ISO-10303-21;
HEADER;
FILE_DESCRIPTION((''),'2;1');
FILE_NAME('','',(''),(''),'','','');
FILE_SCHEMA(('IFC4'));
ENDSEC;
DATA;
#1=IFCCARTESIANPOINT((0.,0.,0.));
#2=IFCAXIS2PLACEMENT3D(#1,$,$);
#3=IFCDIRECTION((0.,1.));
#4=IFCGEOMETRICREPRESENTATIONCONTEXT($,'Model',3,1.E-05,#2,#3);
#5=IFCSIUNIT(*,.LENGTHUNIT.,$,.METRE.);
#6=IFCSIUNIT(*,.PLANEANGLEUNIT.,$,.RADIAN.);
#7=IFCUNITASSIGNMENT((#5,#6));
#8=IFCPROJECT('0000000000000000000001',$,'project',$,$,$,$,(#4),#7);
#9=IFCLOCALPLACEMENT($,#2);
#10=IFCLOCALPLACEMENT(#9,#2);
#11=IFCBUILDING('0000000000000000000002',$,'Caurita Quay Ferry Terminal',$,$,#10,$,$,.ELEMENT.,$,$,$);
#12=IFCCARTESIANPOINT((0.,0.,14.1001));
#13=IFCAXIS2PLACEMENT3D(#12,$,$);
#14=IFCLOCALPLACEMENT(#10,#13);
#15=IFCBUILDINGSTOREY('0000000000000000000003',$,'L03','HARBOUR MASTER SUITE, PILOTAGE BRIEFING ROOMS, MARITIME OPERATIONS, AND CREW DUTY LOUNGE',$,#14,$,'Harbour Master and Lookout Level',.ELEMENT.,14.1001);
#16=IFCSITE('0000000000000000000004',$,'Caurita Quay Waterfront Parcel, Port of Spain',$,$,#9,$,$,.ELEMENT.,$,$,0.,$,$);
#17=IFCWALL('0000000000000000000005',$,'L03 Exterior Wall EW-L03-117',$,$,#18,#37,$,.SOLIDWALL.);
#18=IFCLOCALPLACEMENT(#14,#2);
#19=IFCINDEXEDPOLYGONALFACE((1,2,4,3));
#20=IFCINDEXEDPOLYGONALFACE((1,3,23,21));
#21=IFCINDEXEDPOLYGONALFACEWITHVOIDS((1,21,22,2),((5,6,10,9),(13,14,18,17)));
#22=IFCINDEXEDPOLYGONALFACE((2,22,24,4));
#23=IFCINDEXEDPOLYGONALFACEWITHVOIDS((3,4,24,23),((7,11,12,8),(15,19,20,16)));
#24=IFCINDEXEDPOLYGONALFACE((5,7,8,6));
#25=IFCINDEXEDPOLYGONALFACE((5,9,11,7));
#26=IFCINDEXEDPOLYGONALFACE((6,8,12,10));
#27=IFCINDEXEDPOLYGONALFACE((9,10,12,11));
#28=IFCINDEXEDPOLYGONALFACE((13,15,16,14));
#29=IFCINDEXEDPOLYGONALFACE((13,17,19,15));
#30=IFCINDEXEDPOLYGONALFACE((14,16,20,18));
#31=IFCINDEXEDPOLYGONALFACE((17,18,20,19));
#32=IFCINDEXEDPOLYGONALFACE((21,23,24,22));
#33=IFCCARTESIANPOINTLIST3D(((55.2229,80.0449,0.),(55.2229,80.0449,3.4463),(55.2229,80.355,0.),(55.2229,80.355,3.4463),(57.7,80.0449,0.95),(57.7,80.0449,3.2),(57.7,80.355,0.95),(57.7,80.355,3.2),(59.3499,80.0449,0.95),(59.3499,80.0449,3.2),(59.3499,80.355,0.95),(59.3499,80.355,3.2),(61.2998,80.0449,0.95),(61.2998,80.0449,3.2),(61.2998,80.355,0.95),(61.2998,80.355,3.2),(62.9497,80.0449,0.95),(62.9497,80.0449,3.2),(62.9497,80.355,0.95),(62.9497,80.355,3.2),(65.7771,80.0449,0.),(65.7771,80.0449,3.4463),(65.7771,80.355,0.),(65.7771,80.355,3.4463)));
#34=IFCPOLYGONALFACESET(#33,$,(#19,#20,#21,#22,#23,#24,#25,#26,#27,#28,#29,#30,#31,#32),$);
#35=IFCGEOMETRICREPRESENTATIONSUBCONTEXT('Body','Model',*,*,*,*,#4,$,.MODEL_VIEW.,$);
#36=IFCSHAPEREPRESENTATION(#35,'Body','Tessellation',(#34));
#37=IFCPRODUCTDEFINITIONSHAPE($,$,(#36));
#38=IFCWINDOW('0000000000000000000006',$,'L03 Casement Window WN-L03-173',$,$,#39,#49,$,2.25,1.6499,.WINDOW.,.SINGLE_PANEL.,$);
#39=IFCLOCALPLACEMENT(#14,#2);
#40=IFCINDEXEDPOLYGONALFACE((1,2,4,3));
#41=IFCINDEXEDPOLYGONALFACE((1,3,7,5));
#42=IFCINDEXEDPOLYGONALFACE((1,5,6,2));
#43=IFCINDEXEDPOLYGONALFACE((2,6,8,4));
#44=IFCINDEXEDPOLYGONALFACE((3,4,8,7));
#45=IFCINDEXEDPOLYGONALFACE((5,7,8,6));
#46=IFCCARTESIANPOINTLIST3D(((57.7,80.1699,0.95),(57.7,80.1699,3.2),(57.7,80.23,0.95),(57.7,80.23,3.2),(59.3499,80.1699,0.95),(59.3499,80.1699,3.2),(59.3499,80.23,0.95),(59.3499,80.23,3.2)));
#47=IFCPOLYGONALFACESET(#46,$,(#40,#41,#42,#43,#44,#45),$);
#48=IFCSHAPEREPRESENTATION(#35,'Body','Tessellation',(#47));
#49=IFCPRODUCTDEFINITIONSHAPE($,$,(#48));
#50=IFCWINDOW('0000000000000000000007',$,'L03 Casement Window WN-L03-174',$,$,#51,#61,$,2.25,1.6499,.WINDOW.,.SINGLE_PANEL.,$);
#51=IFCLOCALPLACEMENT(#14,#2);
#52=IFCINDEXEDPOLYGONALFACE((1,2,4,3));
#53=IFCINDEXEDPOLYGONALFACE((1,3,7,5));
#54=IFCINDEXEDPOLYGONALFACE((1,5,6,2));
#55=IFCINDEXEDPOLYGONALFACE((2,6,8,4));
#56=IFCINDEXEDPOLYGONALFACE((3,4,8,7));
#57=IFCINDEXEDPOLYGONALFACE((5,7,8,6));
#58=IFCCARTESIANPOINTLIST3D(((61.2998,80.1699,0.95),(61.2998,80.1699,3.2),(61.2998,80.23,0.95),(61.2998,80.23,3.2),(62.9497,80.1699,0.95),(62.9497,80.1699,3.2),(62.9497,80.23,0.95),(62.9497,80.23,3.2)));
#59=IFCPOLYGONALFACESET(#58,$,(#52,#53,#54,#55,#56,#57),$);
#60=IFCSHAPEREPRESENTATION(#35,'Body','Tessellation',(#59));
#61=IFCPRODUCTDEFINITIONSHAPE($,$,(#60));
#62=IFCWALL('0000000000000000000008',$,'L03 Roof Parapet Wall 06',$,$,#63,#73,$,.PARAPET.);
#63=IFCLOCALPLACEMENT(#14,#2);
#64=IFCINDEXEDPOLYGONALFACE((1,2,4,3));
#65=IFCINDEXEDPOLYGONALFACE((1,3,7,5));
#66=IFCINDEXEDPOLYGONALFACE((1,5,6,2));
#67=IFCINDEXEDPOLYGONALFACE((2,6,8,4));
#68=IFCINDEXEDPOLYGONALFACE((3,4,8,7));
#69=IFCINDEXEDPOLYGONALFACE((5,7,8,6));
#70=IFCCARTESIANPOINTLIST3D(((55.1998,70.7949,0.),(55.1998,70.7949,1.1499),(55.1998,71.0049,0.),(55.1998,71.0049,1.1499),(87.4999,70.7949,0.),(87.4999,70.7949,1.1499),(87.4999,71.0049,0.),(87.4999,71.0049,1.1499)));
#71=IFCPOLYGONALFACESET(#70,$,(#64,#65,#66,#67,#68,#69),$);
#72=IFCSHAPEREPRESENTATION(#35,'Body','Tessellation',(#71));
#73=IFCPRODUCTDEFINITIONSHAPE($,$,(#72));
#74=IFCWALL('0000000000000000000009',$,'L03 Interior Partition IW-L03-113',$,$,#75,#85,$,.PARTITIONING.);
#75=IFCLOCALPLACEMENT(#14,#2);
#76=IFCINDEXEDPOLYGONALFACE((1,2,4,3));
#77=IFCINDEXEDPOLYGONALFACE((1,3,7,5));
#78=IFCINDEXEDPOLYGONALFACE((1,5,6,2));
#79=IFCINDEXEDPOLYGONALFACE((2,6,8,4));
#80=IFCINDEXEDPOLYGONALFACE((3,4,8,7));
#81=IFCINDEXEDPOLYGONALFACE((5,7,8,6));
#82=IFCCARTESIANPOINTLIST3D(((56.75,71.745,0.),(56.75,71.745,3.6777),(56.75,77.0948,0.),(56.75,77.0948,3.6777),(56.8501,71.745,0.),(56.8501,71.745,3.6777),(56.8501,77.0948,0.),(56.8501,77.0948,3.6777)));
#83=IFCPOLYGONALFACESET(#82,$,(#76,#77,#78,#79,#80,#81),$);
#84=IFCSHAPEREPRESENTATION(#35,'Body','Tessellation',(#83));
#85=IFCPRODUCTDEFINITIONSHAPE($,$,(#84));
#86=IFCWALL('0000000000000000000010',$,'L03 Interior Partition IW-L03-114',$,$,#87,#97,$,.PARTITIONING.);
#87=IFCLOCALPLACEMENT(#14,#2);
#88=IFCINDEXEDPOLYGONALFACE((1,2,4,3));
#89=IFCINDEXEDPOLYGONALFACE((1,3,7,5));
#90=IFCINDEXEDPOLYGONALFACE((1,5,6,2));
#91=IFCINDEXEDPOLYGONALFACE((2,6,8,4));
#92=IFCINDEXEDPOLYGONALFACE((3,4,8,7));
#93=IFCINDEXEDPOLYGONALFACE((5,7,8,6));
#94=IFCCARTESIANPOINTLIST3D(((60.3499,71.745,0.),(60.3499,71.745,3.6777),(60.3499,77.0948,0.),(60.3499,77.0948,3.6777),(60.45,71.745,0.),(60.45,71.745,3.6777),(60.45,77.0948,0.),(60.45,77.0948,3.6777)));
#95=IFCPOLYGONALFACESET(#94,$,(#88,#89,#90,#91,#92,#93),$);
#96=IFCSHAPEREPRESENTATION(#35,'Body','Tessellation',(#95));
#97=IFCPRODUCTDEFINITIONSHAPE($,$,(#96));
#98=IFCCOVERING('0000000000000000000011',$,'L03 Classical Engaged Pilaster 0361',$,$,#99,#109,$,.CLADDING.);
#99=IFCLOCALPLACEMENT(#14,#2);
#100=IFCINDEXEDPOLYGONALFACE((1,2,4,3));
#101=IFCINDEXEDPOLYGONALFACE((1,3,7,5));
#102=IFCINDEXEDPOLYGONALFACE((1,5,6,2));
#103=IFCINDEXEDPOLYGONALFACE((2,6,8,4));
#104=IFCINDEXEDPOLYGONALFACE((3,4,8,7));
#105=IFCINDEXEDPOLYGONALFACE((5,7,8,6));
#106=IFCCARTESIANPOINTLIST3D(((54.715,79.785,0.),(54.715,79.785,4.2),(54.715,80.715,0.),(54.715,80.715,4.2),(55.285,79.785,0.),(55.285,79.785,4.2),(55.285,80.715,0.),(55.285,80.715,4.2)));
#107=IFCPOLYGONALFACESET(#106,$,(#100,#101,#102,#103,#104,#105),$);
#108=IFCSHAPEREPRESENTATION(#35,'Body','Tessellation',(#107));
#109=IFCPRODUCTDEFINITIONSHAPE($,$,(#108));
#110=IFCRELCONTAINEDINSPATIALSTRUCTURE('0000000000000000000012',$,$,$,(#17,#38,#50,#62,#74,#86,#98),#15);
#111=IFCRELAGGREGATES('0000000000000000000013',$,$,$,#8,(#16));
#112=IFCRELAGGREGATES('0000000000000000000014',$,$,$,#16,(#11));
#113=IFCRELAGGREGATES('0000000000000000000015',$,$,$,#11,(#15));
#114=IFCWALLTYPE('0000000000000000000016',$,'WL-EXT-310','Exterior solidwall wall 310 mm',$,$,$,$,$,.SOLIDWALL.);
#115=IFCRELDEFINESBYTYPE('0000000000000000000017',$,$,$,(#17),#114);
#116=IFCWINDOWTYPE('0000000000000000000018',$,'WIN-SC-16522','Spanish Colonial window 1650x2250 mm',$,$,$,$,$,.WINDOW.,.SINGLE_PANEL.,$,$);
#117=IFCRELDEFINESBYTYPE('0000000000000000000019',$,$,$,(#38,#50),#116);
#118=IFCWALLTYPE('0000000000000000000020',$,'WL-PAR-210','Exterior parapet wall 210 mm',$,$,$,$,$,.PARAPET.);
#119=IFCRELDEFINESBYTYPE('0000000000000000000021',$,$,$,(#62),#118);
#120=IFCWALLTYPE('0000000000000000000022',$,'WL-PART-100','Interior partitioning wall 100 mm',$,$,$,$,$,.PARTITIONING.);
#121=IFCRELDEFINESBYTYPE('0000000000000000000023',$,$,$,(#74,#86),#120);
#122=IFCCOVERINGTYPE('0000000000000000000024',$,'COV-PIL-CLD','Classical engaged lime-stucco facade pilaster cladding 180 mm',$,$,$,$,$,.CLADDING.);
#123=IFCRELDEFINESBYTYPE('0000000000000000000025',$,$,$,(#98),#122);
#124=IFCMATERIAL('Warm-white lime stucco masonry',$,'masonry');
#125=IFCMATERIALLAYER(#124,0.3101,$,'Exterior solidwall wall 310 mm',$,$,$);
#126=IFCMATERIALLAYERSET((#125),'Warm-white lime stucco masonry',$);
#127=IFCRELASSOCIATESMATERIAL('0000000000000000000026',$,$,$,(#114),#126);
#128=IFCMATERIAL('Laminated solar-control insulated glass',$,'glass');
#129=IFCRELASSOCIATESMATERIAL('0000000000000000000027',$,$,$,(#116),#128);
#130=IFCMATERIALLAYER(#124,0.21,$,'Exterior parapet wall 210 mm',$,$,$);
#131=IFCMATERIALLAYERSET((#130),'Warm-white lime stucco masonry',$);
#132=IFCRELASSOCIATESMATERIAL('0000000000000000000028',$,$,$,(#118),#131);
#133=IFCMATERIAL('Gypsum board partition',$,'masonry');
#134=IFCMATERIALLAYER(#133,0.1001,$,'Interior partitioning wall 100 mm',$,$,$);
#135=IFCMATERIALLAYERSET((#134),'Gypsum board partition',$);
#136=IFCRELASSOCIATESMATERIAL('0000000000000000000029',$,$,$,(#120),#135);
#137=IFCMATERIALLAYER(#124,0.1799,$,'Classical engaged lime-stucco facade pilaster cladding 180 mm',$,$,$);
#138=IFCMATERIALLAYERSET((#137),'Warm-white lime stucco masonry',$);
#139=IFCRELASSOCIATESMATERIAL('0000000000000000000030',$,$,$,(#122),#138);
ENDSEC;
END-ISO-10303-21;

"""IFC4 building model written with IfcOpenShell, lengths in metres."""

from ifc_helpers import new_model, si_unit, direction, frame, frame_2d, origin, origin_2d, place, context, subcontext, project, spatial, rectangle, extrude, material, layer, layer_set, type_object, element, fill, save


model = new_model("IFC4")

# Units and contexts
model_context = context("Model", 3, precision=1e-05, world=origin(), true_north=direction((0.0, 1.0)))
body_context = subcontext(model_context, "Body", "Model", "MODEL_VIEW")
ifc_project = project(units=[si_unit("LENGTHUNIT", "METRE"), si_unit("PLANEANGLEUNIT", "RADIAN")], contexts=[model_context])

# Site, building, storey
site_placement = place(None, origin())
site = spatial("IfcSite", under=ifc_project, at=site_placement, Name="Caurita Quay Waterfront Parcel, Port of Spain", CompositionType="ELEMENT", RefElevation=0.0)
building_placement = place(site_placement, origin())
building = spatial("IfcBuilding", under=site, at=building_placement, Name="Caurita Quay Ferry Terminal", CompositionType="ELEMENT")
storey_placement = place(building_placement, frame((0.0, 0.0, 14.1001)))
storey = spatial("IfcBuildingStorey", under=building, at=storey_placement, Name="L03", Description="HARBOUR MASTER SUITE, PILOTAGE BRIEFING ROOMS, MARITIME OPERATIONS, AND CREW DUTY LOUNGE", LongName="Harbour Master and Lookout Level", CompositionType="ELEMENT", Elevation=14.1001)

# Wall, openings, windows
ifc_material_1 = material(Name="Warm-white lime stucco masonry", Category="masonry")
ifc_material_2 = material(Name="Laminated solar-control insulated glass", Category="glass")
ifc_layer_1 = layer(ifc_material_1, 0.3101, Name="Exterior solidwall wall 310 mm")
ifc_layer_set_1 = layer_set([ifc_layer_1], Name="Warm-white lime stucco masonry")
wall_type_1 = type_object("IfcWallType", Name="WL-EXT-310", Description="Exterior solidwall wall 310 mm", PredefinedType="SOLIDWALL", material=ifc_layer_set_1)
wall_1_placement = place(storey_placement, frame((55.2229, 80.2, 0.0), z_axis=(0.0, 0.0, 1.0), x_axis=(1.0, 0.0, 0.0)))
wall_1 = element("IfcWall", 1, at=wall_1_placement, inside=storey, type_object=wall_type_1, Name="L03 Exterior Wall EW-L03-117", PredefinedType="SOLIDWALL", context=body_context, shape_type="SweptSolid", body=[
    extrude(rectangle(XDim=10.5542, YDim=0.3101, at=frame_2d((5.2771, 0.0))), origin(), (0.0, 0.0, 1.0), 3.4463),
])
opening_1_placement = place(wall_1_placement, frame((2.4771, 0.0, 0.95)))
opening_1 = element("IfcOpeningElement", 2, at=opening_1_placement, cuts=wall_1, PredefinedType="OPENING", context=body_context, shape_type="SweptSolid", body=[
    extrude(rectangle(XDim=1.6499, YDim=2.25, at=frame_2d((0.825, 1.125))), frame((0.0, 0.165, 0.0), z_axis=(0.0, -1.0, 0.0), x_axis=(1.0, 0.0, 0.0)), (0.0, 0.0, 1.0), 0.3301),
])
opening_2_placement = place(wall_1_placement, frame((6.0769, 0.0, 0.95)))
opening_2 = element("IfcOpeningElement", 3, at=opening_2_placement, cuts=wall_1, PredefinedType="OPENING", context=body_context, shape_type="SweptSolid", body=[
    extrude(rectangle(XDim=1.6499, YDim=2.25, at=frame_2d((0.825, 1.125))), frame((0.0, 0.165, 0.0), z_axis=(0.0, -1.0, 0.0), x_axis=(1.0, 0.0, 0.0)), (0.0, 0.0, 1.0), 0.3301),
])
window_type_1 = type_object("IfcWindowType", Name="WIN-SC-16522", Description="Spanish Colonial window 1650x2250 mm", PartitioningType="SINGLE_PANEL", PredefinedType="WINDOW", material=ifc_material_2)
window_1_placement = place(opening_1_placement, origin())
window_1 = element("IfcWindow", 4, at=window_1_placement, inside=storey, type_object=window_type_1, Name="L03 Casement Window WN-L03-173", OverallHeight=2.25, OverallWidth=1.6499, PartitioningType="SINGLE_PANEL", PredefinedType="WINDOW", context=body_context, shape_type="SweptSolid", body=[
    extrude(rectangle(XDim=1.6499, YDim=2.25, at=frame_2d((0.825, 1.125))), frame((0.0, 0.03, 0.0), z_axis=(0.0, -1.0, 0.0), x_axis=(1.0, 0.0, 0.0)), (0.0, 0.0, 1.0), 0.0601),
])
fill(opening_1, window_1)
window_2_placement = place(opening_2_placement, origin())
window_2 = element("IfcWindow", 5, at=window_2_placement, inside=storey, type_object=window_type_1, Name="L03 Casement Window WN-L03-174", OverallHeight=2.25, OverallWidth=1.6499, PartitioningType="SINGLE_PANEL", PredefinedType="WINDOW", context=body_context, shape_type="SweptSolid", body=[
    extrude(rectangle(XDim=1.6499, YDim=2.25, at=frame_2d((0.825, 1.125))), frame((0.0, 0.03, 0.0), z_axis=(0.0, -1.0, 0.0), x_axis=(1.0, 0.0, 0.0)), (0.0, 0.0, 1.0), 0.0601),
])
fill(opening_2, window_2)

# Walls
ifc_layer_2 = layer(ifc_material_1, 0.21, Name="Exterior parapet wall 210 mm")
ifc_layer_set_2 = layer_set([ifc_layer_2], Name="Warm-white lime stucco masonry")
wall_type_2 = type_object("IfcWallType", Name="WL-PAR-210", Description="Exterior parapet wall 210 mm", PredefinedType="PARAPET", material=ifc_layer_set_2)
wall_2_placement = place(storey_placement, frame((55.2, 70.8999, 0.0), z_axis=(0.0, 0.0, 1.0), x_axis=(1.0, 0.0, 0.0)))
element("IfcWall", 6, at=wall_2_placement, inside=storey, type_object=wall_type_2, Name="L03 Roof Parapet Wall 06", PredefinedType="PARAPET", context=body_context, shape_type="SweptSolid", body=[
    extrude(rectangle(XDim=32.3, YDim=0.21, at=frame_2d((16.1499, 0.0))), origin(), (0.0, 0.0, 1.0), 1.1499),
])
ifc_material_3 = material(Name="Gypsum board partition", Category="masonry")
ifc_layer_3 = layer(ifc_material_3, 0.1001, Name="Interior partitioning wall 100 mm")
ifc_layer_set_3 = layer_set([ifc_layer_3], Name="Gypsum board partition")
wall_type_3 = type_object("IfcWallType", Name="WL-PART-100", Description="Interior partitioning wall 100 mm", PredefinedType="PARTITIONING", material=ifc_layer_set_3)
for number, where, z_axis, x_axis, name in (
    (7, (56.8, 71.7451, 0.0), (0.0, 0.0, 1.0), (0.0, 1.0, 0.0), "L03 Interior Partition IW-L03-113"),
    (8, (60.3999, 71.7451, 0.0), (0.0, 0.0, 1.0), (0.0, 1.0, 0.0), "L03 Interior Partition IW-L03-114"),
):
    element("IfcWall", number, at=place(storey_placement, frame(where, z_axis=z_axis, x_axis=x_axis)), inside=storey, type_object=wall_type_3, Name=name, PredefinedType="PARTITIONING", context=body_context, shape_type="SweptSolid", body=[
        extrude(rectangle(XDim=5.3499, YDim=0.1001, at=frame_2d((2.6748, 0.0))), origin(), (0.0, 0.0, 1.0), 3.6777),
    ])

# Covering
ifc_layer_4 = layer(ifc_material_1, 0.1799, Name="Classical engaged lime-stucco facade pilaster cladding 180 mm")
ifc_layer_set_4 = layer_set([ifc_layer_4], Name="Warm-white lime stucco masonry")
covering_type = type_object("IfcCoveringType", Name="COV-PIL-CLD", Description="Classical engaged lime-stucco facade pilaster cladding 180 mm", PredefinedType="CLADDING", material=ifc_layer_set_4)
covering_placement = place(storey_placement, frame((55.0, 80.25, 0.0), z_axis=(0.0, 0.0, 1.0), x_axis=(1.0, 0.0, 0.0)))
element("IfcCovering", 9, at=covering_placement, inside=storey, type_object=covering_type, Name="L03 Classical Engaged Pilaster 0361", PredefinedType="CLADDING", context=body_context, shape_type="SweptSolid", body=[
    extrude(rectangle(XDim=0.5701, YDim=0.9299, at=origin_2d()), origin(), (0.0, 0.0, 1.0), 4.2),
])

save(model, "model.ifc")
